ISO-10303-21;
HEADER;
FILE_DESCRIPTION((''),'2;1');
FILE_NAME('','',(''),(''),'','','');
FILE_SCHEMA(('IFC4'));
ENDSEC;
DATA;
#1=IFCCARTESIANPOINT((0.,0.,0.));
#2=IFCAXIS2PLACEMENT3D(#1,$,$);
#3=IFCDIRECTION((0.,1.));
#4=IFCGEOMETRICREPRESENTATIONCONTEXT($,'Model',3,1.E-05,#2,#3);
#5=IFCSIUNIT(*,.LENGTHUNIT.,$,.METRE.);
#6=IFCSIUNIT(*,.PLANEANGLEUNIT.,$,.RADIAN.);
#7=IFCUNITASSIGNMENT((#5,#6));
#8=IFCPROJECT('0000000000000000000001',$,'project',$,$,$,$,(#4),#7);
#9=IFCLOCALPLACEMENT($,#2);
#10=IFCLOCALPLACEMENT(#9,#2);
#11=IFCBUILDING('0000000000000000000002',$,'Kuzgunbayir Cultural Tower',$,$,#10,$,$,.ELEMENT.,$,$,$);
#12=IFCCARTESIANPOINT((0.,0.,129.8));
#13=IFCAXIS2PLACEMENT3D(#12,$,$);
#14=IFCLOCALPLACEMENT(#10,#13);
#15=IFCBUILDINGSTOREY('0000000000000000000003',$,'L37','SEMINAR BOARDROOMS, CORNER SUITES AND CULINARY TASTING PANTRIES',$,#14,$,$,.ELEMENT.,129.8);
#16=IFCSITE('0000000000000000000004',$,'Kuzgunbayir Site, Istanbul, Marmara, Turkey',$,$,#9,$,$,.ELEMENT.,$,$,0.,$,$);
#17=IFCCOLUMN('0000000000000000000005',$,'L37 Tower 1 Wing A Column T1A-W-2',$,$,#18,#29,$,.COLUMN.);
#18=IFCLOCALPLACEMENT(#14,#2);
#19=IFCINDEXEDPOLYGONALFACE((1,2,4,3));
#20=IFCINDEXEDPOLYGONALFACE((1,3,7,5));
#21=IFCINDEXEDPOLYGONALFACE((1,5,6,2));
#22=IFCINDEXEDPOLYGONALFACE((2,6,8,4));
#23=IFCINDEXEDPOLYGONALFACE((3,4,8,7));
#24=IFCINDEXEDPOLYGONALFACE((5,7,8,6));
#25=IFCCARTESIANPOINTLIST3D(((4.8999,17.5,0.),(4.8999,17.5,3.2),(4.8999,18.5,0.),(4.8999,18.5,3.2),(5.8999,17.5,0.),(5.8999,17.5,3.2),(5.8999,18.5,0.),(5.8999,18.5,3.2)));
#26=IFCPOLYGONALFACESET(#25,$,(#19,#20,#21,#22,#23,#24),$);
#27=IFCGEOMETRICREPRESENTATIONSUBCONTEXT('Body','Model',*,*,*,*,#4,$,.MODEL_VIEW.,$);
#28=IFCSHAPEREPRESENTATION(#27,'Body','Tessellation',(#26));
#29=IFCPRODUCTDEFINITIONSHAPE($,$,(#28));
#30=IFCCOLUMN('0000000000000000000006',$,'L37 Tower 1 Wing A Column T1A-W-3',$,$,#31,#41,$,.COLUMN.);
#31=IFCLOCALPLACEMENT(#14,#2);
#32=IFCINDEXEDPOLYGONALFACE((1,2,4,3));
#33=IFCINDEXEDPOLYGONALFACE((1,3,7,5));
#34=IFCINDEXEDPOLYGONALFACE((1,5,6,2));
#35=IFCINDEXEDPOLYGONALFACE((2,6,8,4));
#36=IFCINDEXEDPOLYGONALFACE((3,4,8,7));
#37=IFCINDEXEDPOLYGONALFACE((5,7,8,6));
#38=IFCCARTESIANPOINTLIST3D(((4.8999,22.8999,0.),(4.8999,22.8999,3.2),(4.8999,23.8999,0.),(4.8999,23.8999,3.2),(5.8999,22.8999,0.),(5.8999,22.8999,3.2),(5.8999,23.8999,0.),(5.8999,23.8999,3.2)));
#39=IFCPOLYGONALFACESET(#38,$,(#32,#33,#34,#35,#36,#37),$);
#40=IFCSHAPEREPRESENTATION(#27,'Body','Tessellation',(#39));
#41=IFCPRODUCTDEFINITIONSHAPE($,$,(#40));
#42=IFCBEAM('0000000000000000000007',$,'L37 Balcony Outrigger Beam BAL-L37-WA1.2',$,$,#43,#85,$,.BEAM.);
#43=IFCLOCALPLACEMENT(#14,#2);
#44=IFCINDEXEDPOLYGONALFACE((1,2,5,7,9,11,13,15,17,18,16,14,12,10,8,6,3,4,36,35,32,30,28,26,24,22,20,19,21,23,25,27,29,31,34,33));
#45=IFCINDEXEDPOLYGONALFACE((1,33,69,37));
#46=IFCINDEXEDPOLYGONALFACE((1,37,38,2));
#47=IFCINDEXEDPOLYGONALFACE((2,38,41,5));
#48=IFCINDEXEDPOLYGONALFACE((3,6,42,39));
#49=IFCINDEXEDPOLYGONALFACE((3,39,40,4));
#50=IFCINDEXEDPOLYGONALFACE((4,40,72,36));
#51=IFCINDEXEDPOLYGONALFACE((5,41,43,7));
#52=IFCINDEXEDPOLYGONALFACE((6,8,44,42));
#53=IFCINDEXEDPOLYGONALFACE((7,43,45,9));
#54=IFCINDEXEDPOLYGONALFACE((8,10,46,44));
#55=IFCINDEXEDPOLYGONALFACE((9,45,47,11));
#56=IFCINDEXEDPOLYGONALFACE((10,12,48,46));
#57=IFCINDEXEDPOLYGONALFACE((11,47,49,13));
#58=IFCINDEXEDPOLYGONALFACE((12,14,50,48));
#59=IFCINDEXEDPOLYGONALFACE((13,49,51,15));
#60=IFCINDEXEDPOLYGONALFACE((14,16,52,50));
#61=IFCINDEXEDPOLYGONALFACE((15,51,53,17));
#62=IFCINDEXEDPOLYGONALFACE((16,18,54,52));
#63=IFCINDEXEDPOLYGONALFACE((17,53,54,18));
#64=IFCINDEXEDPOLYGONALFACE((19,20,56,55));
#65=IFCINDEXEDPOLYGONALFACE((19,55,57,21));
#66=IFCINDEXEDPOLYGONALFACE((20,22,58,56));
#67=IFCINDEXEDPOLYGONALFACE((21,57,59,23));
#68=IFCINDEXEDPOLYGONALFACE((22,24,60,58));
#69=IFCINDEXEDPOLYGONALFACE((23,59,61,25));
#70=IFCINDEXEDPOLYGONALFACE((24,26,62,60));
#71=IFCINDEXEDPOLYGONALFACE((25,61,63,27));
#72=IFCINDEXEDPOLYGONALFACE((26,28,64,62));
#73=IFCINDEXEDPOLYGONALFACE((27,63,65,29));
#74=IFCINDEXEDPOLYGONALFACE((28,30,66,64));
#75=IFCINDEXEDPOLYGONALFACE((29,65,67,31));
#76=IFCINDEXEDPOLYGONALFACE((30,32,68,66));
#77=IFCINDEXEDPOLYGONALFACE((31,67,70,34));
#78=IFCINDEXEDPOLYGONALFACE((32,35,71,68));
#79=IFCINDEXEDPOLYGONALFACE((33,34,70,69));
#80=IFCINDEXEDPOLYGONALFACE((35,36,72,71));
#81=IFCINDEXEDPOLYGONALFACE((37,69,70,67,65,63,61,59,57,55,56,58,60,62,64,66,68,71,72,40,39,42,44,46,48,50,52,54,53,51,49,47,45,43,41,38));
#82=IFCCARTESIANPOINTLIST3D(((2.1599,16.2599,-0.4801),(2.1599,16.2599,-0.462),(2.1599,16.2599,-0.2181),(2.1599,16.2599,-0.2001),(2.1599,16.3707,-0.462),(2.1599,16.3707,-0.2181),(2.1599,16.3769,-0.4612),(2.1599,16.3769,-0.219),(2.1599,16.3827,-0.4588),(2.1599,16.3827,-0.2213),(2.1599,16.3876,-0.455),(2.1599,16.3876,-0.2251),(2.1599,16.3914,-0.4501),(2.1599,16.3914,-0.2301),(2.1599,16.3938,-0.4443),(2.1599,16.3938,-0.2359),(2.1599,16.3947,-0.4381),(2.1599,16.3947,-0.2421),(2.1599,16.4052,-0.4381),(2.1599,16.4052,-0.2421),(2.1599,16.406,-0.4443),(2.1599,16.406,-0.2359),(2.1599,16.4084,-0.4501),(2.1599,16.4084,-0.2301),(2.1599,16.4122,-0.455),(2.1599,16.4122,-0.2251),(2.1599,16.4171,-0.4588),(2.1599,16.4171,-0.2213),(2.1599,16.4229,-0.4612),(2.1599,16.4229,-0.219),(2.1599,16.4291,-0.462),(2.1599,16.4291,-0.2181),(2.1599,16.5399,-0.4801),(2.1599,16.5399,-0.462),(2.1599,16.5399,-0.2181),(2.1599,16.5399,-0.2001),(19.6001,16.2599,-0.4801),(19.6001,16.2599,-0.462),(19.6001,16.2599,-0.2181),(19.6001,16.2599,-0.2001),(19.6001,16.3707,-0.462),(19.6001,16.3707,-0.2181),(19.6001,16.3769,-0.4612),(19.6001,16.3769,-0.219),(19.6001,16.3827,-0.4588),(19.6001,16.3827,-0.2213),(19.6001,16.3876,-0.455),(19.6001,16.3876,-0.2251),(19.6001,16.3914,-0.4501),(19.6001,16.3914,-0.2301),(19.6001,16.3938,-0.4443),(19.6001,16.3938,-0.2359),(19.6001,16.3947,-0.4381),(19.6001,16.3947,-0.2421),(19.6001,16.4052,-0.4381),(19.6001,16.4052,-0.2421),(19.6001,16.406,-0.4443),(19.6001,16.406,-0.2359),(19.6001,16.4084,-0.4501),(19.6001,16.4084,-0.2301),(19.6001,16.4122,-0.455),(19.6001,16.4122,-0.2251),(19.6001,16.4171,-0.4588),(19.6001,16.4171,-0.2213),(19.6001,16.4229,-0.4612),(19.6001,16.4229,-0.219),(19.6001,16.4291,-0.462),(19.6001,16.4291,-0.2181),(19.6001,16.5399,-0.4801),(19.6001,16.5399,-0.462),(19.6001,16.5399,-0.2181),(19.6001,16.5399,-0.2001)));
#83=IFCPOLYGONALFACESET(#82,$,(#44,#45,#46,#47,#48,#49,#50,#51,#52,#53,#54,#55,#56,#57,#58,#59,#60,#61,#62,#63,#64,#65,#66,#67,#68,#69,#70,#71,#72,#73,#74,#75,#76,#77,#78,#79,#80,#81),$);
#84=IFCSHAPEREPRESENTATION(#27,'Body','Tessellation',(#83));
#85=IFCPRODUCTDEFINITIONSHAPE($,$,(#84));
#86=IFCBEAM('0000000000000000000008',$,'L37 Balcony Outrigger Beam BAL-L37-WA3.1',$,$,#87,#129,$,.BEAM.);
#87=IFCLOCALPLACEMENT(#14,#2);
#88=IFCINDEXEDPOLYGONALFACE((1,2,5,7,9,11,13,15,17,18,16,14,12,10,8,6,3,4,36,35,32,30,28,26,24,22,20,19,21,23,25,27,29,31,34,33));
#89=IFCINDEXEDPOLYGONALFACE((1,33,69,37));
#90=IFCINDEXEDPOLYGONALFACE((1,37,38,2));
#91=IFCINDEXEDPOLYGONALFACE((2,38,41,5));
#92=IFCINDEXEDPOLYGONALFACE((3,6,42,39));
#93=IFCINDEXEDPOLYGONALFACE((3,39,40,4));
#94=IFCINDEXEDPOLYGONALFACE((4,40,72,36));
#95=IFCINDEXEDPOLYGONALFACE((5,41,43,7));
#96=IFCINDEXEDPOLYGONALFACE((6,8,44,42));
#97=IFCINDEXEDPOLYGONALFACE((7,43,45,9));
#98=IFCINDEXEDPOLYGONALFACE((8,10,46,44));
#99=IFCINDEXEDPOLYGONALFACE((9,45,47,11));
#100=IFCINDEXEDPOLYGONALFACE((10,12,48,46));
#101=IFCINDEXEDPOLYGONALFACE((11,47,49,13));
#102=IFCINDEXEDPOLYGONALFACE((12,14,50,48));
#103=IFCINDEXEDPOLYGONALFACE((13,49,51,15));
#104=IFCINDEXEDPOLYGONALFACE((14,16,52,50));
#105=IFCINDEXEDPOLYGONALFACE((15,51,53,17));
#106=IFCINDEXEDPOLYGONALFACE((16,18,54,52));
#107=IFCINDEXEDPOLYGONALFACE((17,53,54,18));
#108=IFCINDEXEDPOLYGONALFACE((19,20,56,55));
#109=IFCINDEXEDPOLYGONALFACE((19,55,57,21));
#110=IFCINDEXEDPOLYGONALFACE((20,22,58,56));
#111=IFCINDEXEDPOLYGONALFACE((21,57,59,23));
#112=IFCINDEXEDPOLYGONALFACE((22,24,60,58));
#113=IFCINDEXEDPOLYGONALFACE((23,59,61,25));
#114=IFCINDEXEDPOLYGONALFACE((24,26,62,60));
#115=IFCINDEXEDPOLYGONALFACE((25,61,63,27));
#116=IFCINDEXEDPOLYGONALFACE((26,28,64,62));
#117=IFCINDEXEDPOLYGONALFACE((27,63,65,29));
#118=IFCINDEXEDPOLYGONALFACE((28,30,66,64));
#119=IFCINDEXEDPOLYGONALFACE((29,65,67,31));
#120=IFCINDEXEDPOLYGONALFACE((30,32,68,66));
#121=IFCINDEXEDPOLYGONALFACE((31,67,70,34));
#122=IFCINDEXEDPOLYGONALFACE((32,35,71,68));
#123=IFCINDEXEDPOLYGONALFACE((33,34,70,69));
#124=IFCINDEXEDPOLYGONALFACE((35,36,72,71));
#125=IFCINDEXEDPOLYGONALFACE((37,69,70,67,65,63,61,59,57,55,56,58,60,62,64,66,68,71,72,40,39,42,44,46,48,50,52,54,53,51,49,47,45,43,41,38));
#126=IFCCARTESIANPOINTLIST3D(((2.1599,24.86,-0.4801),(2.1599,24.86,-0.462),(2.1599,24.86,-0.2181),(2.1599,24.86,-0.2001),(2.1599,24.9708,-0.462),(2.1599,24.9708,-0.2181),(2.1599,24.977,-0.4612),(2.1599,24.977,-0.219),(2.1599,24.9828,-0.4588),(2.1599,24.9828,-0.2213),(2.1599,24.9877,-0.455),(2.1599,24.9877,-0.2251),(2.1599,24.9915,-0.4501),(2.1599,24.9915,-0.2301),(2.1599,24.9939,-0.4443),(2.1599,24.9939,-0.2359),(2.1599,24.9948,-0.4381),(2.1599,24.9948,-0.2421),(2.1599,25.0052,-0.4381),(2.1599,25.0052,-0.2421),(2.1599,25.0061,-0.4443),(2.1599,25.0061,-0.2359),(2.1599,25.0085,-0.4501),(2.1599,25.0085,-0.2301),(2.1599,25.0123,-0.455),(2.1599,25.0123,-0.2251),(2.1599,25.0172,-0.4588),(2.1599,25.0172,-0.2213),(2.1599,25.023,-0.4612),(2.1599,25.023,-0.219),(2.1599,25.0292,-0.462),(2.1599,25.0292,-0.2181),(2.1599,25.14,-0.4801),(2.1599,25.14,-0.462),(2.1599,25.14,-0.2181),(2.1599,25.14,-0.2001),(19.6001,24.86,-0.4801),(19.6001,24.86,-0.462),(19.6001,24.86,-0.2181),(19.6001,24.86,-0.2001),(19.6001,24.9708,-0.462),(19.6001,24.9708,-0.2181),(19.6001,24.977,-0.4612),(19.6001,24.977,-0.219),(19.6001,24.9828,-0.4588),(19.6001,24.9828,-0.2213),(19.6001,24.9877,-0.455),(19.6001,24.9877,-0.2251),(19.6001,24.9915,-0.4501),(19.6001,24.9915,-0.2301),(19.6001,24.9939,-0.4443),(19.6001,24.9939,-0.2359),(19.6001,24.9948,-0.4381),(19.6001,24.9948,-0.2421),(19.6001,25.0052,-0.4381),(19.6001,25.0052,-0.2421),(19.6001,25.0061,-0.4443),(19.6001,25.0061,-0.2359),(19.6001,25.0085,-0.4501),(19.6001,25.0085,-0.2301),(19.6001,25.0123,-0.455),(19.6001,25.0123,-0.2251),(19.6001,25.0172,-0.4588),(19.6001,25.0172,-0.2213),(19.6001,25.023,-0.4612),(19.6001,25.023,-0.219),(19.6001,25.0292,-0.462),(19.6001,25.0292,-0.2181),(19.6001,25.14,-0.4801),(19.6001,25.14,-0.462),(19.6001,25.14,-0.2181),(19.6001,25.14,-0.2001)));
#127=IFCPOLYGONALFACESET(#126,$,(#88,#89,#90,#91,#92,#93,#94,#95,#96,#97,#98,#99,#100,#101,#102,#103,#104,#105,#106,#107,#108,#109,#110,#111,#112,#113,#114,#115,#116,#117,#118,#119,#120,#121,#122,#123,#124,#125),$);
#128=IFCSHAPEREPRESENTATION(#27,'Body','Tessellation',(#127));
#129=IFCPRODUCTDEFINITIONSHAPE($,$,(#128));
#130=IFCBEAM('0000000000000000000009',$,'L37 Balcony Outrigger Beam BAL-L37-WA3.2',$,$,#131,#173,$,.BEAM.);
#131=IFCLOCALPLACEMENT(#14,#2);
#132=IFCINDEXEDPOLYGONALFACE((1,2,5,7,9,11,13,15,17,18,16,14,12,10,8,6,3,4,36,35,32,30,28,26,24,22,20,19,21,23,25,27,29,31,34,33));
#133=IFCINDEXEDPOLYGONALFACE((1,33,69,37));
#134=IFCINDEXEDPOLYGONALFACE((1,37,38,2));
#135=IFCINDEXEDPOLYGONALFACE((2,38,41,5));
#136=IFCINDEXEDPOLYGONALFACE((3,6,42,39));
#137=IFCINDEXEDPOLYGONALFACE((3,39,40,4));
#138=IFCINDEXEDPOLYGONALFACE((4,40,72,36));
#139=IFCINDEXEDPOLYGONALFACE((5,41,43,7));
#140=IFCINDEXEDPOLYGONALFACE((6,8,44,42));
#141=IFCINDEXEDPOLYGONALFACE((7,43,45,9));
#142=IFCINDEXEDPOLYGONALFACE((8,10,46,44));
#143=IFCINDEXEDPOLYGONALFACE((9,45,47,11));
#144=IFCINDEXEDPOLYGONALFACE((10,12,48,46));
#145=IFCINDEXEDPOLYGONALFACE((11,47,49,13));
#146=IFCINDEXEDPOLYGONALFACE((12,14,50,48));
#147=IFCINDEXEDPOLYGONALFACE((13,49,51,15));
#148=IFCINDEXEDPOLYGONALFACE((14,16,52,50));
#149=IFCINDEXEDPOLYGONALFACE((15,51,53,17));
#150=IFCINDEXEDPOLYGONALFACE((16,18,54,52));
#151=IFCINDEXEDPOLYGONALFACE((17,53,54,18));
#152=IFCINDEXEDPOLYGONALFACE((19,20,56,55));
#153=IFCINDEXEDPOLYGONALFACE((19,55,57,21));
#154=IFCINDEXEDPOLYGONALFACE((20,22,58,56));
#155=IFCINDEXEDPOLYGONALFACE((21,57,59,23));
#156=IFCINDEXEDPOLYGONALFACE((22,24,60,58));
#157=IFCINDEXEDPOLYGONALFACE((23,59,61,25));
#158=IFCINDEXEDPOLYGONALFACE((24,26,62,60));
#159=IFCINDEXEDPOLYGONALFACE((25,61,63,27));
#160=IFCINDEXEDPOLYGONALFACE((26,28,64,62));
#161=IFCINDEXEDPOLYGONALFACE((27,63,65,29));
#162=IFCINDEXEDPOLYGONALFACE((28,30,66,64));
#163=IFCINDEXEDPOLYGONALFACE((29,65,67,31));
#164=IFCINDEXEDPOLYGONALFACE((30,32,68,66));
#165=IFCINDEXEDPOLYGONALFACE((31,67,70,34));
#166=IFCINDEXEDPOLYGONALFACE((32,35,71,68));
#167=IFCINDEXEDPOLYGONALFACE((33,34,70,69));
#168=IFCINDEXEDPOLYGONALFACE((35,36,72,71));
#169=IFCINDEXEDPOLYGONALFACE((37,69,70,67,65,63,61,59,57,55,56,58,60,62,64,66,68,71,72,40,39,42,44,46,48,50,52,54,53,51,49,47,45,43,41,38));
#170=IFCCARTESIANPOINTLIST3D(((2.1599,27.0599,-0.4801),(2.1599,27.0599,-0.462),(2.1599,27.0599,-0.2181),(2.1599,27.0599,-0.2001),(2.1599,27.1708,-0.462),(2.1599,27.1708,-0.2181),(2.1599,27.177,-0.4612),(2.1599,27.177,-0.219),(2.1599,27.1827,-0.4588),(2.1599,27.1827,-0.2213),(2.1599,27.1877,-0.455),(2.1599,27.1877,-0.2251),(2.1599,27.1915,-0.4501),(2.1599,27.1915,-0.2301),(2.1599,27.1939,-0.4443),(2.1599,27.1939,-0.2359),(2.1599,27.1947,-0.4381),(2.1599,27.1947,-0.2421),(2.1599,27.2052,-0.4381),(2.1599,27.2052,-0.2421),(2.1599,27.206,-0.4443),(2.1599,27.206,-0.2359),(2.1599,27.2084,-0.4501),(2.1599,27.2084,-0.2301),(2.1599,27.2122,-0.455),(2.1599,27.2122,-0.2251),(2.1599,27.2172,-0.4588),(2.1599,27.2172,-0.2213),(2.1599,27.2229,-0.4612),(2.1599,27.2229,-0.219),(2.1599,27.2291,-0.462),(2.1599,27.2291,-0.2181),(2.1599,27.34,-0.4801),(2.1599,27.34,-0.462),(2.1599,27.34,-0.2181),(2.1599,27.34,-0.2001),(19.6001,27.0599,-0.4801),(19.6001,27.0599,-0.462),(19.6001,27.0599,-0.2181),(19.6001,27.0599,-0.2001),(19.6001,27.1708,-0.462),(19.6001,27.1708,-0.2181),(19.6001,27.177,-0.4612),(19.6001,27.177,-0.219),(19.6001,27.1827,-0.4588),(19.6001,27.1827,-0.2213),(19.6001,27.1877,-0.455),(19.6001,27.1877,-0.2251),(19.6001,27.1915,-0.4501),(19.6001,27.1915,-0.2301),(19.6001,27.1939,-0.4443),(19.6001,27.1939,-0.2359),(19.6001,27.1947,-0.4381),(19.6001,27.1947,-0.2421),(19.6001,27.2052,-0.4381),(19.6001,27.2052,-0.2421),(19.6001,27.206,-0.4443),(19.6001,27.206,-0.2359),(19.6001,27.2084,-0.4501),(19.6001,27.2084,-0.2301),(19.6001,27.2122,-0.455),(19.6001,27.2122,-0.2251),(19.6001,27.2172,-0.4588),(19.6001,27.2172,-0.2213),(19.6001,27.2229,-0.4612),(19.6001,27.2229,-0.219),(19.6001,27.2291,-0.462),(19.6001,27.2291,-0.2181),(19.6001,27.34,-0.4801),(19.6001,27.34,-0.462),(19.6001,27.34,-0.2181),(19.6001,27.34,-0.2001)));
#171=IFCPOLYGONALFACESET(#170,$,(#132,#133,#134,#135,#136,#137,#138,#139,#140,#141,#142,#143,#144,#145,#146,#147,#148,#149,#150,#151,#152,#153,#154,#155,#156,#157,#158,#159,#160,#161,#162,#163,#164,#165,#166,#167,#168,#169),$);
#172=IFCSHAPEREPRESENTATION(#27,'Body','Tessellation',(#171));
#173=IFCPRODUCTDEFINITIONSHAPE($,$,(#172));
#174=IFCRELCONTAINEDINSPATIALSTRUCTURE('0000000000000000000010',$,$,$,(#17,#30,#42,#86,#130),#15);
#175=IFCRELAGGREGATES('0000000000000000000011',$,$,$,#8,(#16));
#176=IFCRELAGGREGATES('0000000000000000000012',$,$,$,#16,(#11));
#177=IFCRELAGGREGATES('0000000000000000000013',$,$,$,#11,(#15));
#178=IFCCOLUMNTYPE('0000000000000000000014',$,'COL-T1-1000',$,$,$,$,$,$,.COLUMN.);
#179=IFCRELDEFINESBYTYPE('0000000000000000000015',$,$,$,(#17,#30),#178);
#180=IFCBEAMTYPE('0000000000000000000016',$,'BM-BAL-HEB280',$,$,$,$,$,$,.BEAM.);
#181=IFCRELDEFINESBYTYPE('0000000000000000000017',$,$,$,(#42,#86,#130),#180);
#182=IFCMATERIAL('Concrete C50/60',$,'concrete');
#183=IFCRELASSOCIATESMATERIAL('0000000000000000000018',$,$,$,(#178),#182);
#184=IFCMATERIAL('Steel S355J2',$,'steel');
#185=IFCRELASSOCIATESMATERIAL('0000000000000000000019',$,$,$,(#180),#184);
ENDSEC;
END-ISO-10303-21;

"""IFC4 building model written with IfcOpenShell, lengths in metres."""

from ifc_helpers import new_model, si_unit, direction, frame, origin, origin_2d, place, context, subcontext, project, spatial, rectangle, i_section, extrude, material, material_profile, profile_set, type_object, element, save


model = new_model("IFC4")

# Units and contexts
model_context = context("Model", 3, precision=1e-05, world=origin(), true_north=direction((0.0, 1.0)))
body_context = subcontext(model_context, "Body", "Model", "MODEL_VIEW")
ifc_project = project(units=[si_unit("LENGTHUNIT", "METRE"), si_unit("PLANEANGLEUNIT", "RADIAN")], contexts=[model_context])

# Site, building, storey
site_placement = place(None, origin())
site = spatial("IfcSite", under=ifc_project, at=site_placement, Name="Kuzgunbayir Site, Istanbul, Marmara, Turkey", CompositionType="ELEMENT", RefElevation=0.0)
building_placement = place(site_placement, origin())
building = spatial("IfcBuilding", under=site, at=building_placement, Name="Kuzgunbayir Cultural Tower", CompositionType="ELEMENT")
storey_placement = place(building_placement, frame((0.0, 0.0, 129.8)))
storey = spatial("IfcBuildingStorey", under=building, at=storey_placement, Name="L37", Description="SEMINAR BOARDROOMS, CORNER SUITES AND CULINARY TASTING PANTRIES", CompositionType="ELEMENT", Elevation=129.8)

# Columns
ifc_material_1 = material(Name="Concrete C50/60", Category="concrete")
ifc_material_profile_1 = material_profile(ifc_material_1, rectangle(XDim=1.0, YDim=1.0, at=origin_2d()), Name="RC 1000x1000")
ifc_profile_set_1 = profile_set([ifc_material_profile_1], Name="Concrete C50/60")
column_type = type_object("IfcColumnType", Name="COL-T1-1000", PredefinedType="COLUMN", material=ifc_profile_set_1)
for number, where, z_axis, x_axis, name in (
    (1, (5.3999, 18.0, 0.0), (0.0, 0.0, 1.0), (1.0, 0.0, 0.0), "L37 Tower 1 Wing A Column T1A-W-2"),
    (2, (5.3999, 23.3999, 0.0), (0.0, 0.0, 1.0), (1.0, 0.0, 0.0), "L37 Tower 1 Wing A Column T1A-W-3"),
):
    element("IfcColumn", number, at=place(storey_placement, frame(where, z_axis=z_axis, x_axis=x_axis)), inside=storey, type_object=column_type, Name=name, PredefinedType="COLUMN", context=body_context, shape_type="SweptSolid", body=[
        extrude(rectangle(XDim=1.0, YDim=1.0, at=origin_2d()), origin(), (0.0, 0.0, 1.0), 3.2),
    ])

# Beams
ifc_material_2 = material(Name="Steel S355J2", Category="steel")
ifc_material_profile_2 = material_profile(ifc_material_2, i_section(OverallWidth=0.28, OverallDepth=0.28, WebThickness=0.0105, FlangeThickness=0.0181, FilletRadius=0.0239, at=origin_2d()), Name="HEB 280")
ifc_profile_set_2 = profile_set([ifc_material_profile_2], Name="Steel S355J2")
beam_type_1 = type_object("IfcBeamType", Name="BM-BAL-HEB280", PredefinedType="BEAM", material=ifc_profile_set_2)
for number, where, z_axis, x_axis, name in (
    (3, (2.1599, 16.3999, -0.3401), (1.0, 0.0, 0.0), (0.0, 1.0, 0.0), "L37 Balcony Outrigger Beam BAL-L37-WA1.2"),
    (4, (2.1599, 25.0, -0.3401), (1.0, 0.0, 0.0), (0.0, 1.0, 0.0), "L37 Balcony Outrigger Beam BAL-L37-WA3.1"),
    (5, (2.1599, 27.2, -0.3401), (1.0, 0.0, 0.0), (0.0, 1.0, 0.0), "L37 Balcony Outrigger Beam BAL-L37-WA3.2"),
):
    element("IfcBeam", number, at=place(storey_placement, frame(where, z_axis=z_axis, x_axis=x_axis)), inside=storey, type_object=beam_type_1, Name=name, PredefinedType="BEAM", context=body_context, shape_type="SweptSolid", body=[
        extrude(i_section(OverallWidth=0.28, OverallDepth=0.28, WebThickness=0.0105, FlangeThickness=0.0181, FilletRadius=0.0239, at=origin_2d()), origin(), (0.0, 0.0, 1.0), 17.4402),
    ])

save(model, "model.ifc")
